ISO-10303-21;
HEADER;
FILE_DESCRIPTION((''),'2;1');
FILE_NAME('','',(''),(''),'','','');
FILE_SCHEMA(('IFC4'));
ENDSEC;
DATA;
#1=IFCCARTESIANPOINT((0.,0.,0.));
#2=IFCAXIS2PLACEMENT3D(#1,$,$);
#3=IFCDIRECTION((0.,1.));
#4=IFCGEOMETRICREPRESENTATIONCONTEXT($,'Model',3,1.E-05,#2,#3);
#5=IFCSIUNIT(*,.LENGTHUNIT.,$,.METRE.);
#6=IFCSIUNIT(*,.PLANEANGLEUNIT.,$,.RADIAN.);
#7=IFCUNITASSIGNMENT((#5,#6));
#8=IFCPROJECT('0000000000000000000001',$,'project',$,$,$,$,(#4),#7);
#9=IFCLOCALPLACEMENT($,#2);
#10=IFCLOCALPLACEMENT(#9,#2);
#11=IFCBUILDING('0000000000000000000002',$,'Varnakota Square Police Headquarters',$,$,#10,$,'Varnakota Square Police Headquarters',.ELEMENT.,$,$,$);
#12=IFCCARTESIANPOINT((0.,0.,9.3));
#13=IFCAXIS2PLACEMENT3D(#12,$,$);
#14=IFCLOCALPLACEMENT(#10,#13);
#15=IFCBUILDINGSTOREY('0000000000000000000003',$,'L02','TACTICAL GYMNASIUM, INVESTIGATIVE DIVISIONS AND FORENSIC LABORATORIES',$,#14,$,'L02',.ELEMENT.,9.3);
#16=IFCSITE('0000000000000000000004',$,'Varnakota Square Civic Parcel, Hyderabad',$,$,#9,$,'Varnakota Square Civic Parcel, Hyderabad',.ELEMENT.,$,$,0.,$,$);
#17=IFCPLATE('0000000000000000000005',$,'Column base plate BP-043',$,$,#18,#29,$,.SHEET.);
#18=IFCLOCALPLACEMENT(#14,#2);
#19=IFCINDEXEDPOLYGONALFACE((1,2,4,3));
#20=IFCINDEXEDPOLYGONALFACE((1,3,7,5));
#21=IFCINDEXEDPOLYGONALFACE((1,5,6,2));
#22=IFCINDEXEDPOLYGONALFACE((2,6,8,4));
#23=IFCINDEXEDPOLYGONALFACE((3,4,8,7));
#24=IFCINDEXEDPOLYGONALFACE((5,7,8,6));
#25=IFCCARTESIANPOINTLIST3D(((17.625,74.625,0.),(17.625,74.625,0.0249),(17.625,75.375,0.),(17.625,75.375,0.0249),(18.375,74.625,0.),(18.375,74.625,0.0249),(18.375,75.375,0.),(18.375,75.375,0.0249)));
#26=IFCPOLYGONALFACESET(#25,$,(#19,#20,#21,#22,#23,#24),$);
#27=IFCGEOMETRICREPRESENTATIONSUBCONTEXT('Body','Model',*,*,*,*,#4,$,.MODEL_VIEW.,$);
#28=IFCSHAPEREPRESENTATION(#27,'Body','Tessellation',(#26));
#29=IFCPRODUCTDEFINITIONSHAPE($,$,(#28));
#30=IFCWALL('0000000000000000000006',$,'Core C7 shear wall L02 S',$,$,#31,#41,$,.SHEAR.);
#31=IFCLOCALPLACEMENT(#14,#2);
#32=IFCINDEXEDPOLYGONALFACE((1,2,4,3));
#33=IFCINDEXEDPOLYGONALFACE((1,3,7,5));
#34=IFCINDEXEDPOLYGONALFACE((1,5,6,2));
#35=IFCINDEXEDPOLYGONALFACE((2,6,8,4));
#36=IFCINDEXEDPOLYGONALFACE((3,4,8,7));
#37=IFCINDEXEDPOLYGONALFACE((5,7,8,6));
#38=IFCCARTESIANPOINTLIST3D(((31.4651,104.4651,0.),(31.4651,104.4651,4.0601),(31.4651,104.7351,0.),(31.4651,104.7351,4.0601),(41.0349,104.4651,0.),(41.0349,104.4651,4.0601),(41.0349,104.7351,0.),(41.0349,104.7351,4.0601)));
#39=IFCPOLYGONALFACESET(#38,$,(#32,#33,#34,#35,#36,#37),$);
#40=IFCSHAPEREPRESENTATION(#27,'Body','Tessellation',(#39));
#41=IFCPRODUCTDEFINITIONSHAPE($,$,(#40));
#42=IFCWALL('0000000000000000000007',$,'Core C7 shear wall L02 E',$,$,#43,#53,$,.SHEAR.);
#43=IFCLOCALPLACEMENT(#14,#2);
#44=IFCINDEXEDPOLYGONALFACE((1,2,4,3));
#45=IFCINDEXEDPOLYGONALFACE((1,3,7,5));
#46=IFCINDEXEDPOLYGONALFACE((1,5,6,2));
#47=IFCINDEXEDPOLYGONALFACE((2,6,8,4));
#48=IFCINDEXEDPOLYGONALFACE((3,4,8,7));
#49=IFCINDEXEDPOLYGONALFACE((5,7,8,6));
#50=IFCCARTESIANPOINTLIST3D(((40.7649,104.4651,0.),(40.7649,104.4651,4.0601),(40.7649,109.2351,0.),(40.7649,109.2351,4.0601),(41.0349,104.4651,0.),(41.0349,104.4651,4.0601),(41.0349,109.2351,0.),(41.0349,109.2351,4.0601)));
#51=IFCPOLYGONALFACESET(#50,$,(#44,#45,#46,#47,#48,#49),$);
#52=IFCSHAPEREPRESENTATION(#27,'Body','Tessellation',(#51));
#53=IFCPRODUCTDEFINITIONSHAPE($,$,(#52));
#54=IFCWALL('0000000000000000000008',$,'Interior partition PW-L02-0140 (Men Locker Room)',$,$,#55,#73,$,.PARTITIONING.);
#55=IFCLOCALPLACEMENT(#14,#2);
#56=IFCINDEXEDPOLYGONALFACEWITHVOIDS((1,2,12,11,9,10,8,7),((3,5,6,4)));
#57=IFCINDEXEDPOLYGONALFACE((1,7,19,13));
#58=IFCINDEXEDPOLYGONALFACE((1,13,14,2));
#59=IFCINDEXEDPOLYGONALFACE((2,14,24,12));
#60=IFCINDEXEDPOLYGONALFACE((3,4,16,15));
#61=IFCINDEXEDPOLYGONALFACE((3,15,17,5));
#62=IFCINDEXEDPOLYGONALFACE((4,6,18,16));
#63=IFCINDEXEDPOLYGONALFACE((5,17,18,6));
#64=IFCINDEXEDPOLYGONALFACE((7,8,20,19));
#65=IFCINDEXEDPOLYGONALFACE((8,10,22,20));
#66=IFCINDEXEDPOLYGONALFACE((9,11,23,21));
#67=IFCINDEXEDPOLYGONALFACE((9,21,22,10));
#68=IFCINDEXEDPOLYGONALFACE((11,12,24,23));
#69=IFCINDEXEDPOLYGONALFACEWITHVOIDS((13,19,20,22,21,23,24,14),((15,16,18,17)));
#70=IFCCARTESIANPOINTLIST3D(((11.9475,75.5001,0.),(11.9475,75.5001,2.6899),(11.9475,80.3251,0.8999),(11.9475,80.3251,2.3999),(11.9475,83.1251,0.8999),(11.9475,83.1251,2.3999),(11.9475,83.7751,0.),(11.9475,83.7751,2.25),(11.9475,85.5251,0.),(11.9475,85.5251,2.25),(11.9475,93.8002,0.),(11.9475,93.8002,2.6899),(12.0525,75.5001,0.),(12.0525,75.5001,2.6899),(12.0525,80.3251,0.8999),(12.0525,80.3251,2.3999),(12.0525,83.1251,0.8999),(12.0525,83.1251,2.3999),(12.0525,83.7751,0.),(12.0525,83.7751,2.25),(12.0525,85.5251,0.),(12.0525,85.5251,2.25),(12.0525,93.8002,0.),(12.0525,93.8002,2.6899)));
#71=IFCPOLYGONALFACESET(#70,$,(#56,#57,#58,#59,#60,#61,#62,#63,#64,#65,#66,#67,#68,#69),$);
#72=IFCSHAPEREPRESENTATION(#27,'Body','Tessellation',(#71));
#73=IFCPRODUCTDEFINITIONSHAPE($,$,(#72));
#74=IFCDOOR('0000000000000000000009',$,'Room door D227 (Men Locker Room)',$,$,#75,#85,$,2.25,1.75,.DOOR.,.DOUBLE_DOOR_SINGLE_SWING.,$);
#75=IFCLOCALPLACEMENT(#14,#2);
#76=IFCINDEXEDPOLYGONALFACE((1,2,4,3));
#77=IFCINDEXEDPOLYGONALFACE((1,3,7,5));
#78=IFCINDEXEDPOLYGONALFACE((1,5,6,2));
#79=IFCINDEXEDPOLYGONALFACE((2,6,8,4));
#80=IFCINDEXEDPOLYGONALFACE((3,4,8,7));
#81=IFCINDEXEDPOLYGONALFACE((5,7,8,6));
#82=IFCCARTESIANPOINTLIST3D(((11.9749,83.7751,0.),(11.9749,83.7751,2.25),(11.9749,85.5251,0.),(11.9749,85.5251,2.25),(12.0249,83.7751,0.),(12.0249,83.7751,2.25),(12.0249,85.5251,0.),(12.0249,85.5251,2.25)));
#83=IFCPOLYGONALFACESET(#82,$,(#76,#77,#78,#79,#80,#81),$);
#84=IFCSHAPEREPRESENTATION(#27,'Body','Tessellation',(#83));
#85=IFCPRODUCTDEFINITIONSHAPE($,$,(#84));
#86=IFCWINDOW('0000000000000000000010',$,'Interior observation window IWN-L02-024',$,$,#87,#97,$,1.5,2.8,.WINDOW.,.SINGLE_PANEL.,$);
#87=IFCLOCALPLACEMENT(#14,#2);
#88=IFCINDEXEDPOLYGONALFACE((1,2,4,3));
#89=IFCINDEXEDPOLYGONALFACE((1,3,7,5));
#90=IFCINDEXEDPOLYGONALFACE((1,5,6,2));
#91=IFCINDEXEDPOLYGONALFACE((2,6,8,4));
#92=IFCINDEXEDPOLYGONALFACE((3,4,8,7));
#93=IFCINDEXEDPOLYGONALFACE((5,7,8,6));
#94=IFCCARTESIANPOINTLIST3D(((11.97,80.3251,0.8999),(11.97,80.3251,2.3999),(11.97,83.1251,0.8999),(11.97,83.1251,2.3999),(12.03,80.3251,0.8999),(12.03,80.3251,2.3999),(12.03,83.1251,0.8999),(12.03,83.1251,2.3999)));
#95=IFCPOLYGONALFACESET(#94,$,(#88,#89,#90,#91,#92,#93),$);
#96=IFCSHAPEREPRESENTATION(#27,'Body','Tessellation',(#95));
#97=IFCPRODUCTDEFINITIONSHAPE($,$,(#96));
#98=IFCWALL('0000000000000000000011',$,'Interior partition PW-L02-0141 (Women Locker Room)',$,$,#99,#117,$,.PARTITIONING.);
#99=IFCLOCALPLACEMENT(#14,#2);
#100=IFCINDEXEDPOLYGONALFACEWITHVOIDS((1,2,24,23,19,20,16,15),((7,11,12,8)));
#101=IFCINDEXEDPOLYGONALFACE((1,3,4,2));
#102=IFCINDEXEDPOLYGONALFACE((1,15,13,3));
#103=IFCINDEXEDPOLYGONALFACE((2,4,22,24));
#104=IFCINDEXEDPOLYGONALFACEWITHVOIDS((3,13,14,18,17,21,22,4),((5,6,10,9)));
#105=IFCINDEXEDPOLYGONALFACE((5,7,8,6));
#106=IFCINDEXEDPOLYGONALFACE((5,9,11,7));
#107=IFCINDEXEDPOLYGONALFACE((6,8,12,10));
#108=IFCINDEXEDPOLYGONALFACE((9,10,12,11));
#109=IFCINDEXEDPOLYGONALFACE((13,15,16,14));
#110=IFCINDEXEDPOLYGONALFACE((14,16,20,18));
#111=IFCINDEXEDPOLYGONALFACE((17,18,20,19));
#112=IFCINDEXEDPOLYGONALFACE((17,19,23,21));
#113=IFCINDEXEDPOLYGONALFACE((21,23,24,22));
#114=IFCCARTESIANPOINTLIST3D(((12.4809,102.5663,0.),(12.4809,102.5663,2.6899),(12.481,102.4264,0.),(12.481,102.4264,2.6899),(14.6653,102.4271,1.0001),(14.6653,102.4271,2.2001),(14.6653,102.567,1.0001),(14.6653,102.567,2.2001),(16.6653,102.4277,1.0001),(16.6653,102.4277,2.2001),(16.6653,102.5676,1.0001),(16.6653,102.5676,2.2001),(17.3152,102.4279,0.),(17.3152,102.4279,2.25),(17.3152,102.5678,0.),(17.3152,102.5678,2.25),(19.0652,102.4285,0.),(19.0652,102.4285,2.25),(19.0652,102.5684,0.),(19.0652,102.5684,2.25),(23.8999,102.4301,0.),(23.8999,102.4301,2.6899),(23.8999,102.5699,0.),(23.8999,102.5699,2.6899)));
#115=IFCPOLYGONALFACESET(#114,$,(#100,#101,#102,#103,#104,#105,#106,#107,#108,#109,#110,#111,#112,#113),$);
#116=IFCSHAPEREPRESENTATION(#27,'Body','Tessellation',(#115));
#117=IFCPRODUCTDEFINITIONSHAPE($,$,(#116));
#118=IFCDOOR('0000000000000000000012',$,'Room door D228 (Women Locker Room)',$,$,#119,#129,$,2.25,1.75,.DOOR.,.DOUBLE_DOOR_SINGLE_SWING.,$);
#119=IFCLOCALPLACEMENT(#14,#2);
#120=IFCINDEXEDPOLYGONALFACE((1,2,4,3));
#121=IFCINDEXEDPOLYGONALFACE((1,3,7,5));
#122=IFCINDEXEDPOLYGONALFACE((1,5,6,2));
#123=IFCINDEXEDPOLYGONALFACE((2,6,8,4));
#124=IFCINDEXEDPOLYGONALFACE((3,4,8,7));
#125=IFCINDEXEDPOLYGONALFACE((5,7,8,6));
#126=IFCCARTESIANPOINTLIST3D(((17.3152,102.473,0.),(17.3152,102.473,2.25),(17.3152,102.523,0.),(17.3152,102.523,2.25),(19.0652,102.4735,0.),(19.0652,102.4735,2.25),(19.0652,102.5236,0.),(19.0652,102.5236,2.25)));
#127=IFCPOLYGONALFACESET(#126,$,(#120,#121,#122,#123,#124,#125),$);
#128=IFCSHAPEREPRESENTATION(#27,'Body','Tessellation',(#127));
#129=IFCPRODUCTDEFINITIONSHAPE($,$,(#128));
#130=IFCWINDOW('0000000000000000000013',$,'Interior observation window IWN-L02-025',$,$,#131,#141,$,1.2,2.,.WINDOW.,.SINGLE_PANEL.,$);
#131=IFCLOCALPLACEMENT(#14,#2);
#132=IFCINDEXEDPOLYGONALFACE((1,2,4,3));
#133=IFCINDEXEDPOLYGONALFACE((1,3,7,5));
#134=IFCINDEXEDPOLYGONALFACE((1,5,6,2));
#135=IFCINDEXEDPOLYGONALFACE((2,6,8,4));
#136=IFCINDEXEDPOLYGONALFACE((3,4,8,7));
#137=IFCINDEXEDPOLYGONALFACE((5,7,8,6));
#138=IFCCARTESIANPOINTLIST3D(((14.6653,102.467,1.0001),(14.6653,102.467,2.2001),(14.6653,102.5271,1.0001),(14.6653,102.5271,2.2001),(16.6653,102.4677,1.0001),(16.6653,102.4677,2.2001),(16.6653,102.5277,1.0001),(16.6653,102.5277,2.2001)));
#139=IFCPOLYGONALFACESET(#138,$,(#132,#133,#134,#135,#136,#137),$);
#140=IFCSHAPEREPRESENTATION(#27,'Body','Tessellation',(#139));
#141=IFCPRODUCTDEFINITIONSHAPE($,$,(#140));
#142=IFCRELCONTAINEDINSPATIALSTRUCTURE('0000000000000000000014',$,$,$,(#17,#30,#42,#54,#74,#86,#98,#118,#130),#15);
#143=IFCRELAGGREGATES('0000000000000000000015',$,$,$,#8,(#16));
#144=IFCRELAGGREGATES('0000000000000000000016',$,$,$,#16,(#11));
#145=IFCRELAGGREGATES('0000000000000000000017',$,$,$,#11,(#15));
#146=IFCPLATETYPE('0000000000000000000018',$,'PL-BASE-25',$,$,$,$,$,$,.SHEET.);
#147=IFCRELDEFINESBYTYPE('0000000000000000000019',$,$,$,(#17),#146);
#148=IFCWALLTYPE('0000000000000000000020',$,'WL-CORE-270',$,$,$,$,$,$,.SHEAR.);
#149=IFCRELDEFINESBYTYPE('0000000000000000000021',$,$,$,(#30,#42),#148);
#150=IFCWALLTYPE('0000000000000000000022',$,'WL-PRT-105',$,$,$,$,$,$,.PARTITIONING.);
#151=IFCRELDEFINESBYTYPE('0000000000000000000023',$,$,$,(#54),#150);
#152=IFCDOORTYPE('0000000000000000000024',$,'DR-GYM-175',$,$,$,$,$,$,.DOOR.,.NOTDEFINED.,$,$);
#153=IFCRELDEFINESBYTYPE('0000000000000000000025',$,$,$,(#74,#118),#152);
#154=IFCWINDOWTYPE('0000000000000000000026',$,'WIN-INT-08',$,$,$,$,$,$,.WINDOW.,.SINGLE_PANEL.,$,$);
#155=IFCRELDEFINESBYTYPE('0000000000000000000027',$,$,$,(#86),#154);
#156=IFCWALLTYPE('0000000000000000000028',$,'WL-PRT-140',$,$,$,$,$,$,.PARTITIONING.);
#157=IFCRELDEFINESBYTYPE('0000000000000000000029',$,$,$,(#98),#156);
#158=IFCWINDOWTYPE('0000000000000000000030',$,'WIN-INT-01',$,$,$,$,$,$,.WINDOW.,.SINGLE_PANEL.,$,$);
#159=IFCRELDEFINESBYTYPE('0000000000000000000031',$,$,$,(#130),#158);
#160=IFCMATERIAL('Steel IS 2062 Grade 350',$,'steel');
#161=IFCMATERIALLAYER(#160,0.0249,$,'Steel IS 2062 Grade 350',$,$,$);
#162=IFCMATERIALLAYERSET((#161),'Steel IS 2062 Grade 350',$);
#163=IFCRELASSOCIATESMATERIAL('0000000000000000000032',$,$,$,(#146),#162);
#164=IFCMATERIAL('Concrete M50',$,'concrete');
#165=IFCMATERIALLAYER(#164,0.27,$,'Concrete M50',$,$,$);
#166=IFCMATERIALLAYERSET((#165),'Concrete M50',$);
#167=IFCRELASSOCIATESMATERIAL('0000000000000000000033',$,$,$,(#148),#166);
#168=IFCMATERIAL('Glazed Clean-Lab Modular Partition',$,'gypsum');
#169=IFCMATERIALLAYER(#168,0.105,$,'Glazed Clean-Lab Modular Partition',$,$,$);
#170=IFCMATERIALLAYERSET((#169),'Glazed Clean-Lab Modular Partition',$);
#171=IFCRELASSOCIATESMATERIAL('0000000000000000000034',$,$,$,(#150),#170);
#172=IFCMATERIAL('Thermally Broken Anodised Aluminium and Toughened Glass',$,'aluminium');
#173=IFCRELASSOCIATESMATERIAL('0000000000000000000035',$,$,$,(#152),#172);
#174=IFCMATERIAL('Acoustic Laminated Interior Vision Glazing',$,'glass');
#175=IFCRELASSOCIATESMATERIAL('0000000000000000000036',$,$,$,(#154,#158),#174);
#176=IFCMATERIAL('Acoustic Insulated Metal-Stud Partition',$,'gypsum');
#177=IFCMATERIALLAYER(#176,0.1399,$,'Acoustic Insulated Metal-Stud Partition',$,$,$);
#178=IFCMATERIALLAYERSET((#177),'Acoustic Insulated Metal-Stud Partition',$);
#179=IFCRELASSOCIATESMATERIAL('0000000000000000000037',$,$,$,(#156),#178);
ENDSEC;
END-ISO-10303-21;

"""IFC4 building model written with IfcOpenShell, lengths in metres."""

from ifc_helpers import new_model, si_unit, direction, frame, frame_2d, origin, origin_2d, place, context, subcontext, project, spatial, rectangle, extrude, material, layer, layer_set, type_object, element, fill, save


model = new_model("IFC4")

# Units and contexts
model_context = context("Model", 3, precision=1e-05, world=origin(), true_north=direction((0.0, 1.0)))
body_context = subcontext(model_context, "Body", "Model", "MODEL_VIEW")
ifc_project = project(units=[si_unit("LENGTHUNIT", "METRE"), si_unit("PLANEANGLEUNIT", "RADIAN")], contexts=[model_context])

# Site, building, storey
site_placement = place(None, origin())
site = spatial("IfcSite", under=ifc_project, at=site_placement, Name="Varnakota Square Civic Parcel, Hyderabad", LongName="Varnakota Square Civic Parcel, Hyderabad", CompositionType="ELEMENT", RefElevation=0.0)
building_placement = place(site_placement, origin())
building = spatial("IfcBuilding", under=site, at=building_placement, Name="Varnakota Square Police Headquarters", LongName="Varnakota Square Police Headquarters", CompositionType="ELEMENT")
storey_placement = place(building_placement, frame((0.0, 0.0, 9.3)))
storey = spatial("IfcBuildingStorey", under=building, at=storey_placement, Name="L02", Description="TACTICAL GYMNASIUM, INVESTIGATIVE DIVISIONS AND FORENSIC LABORATORIES", LongName="L02", CompositionType="ELEMENT", Elevation=9.3)

# Shared definitions
ifc_material_1 = material(Name="Steel IS 2062 Grade 350", Category="steel")

# Plate
ifc_layer_1 = layer(ifc_material_1, 0.0249, Name="Steel IS 2062 Grade 350")
ifc_layer_set_1 = layer_set([ifc_layer_1], Name="Steel IS 2062 Grade 350")
plate_type = type_object("IfcPlateType", Name="PL-BASE-25", PredefinedType="SHEET", material=ifc_layer_set_1)
plate_placement = place(storey_placement, frame((18.0, 75.0, 0.0), z_axis=(0.0, 0.0, 1.0), x_axis=(1.0, 0.0, 0.0)))
element("IfcPlate", 1, at=plate_placement, inside=storey, type_object=plate_type, Name="Column base plate BP-043", PredefinedType="SHEET", context=body_context, shape_type="SweptSolid", body=[
    extrude(rectangle(XDim=0.75, YDim=0.75, at=origin_2d()), origin(), (0.0, 0.0, 1.0), 0.0249),
])

# Walls
ifc_material_2 = material(Name="Concrete M50", Category="concrete")
ifc_layer_2 = layer(ifc_material_2, 0.27, Name="Concrete M50")
ifc_layer_set_2 = layer_set([ifc_layer_2], Name="Concrete M50")
wall_type_1 = type_object("IfcWallType", Name="WL-CORE-270", PredefinedType="SHEAR", material=ifc_layer_set_2)
wall_1_placement = place(storey_placement, frame((31.4651, 104.6001, 0.0), z_axis=(0.0, 0.0, 1.0), x_axis=(1.0, 0.0, 0.0)))
element("IfcWall", 2, at=wall_1_placement, inside=storey, type_object=wall_type_1, Name="Core C7 shear wall L02 S", PredefinedType="SHEAR", context=body_context, shape_type="SweptSolid", body=[
    extrude(rectangle(XDim=9.5698, YDim=0.27, at=frame_2d((4.7849, 0.0))), origin(), (0.0, 0.0, 1.0), 4.0601),
])
wall_2_placement = place(storey_placement, frame((40.8999, 104.4651, 0.0), z_axis=(0.0, 0.0, 1.0), x_axis=(0.0, 1.0, 0.0)))
element("IfcWall", 3, at=wall_2_placement, inside=storey, type_object=wall_type_1, Name="Core C7 shear wall L02 E", PredefinedType="SHEAR", context=body_context, shape_type="SweptSolid", body=[
    extrude(rectangle(XDim=4.77, YDim=0.27, at=frame_2d((2.385, 0.0))), origin(), (0.0, 0.0, 1.0), 4.0601),
])

# Walls, openings, doors, windows
ifc_material_3 = material(Name="Glazed Clean-Lab Modular Partition", Category="gypsum")
ifc_layer_3 = layer(ifc_material_3, 0.105, Name="Glazed Clean-Lab Modular Partition")
ifc_layer_set_3 = layer_set([ifc_layer_3], Name="Glazed Clean-Lab Modular Partition")
wall_type_2 = type_object("IfcWallType", Name="WL-PRT-105", PredefinedType="PARTITIONING", material=ifc_layer_set_3)
wall_3_placement = place(storey_placement, frame((12.0, 93.8, 0.0), z_axis=(0.0, 0.0, 1.0), x_axis=(0.0, -1.0, 0.0)))
wall_3 = element("IfcWall", 4, at=wall_3_placement, inside=storey, type_object=wall_type_2, Name="Interior partition PW-L02-0140 (Men Locker Room)", PredefinedType="PARTITIONING", context=body_context, shape_type="SweptSolid", body=[
    extrude(rectangle(XDim=18.3, YDim=0.105, at=frame_2d((9.1499, 0.0))), origin(), (0.0, 0.0, 1.0), 2.6899),
])
opening_1_placement = place(wall_3_placement, frame((8.2749, 0.0, 0.0)))
opening_1 = element("IfcOpeningElement", 5, at=opening_1_placement, cuts=wall_3, PredefinedType="OPENING", context=body_context, shape_type="SweptSolid", body=[
    extrude(rectangle(XDim=1.75, YDim=2.25, at=frame_2d((0.875, 1.125))), frame((0.0, 0.0625, 0.0), z_axis=(0.0, -1.0, 0.0), x_axis=(1.0, 0.0, 0.0)), (0.0, 0.0, 1.0), 0.125),
])
opening_2_placement = place(wall_3_placement, frame((10.675, 0.0, 0.8999)))
opening_2 = element("IfcOpeningElement", 6, at=opening_2_placement, cuts=wall_3, PredefinedType="OPENING", context=body_context, shape_type="SweptSolid", body=[
    extrude(rectangle(XDim=2.8, YDim=1.5, at=frame_2d((1.3999, 0.75))), frame((0.0, 0.0625, 0.0), z_axis=(0.0, -1.0, 0.0), x_axis=(1.0, 0.0, 0.0)), (0.0, 0.0, 1.0), 0.125),
])
ifc_material_4 = material(Name="Thermally Broken Anodised Aluminium and Toughened Glass", Category="aluminium")
door_type_1 = type_object("IfcDoorType", Name="DR-GYM-175", OperationType="NOTDEFINED", PredefinedType="DOOR", material=ifc_material_4)
door_1_placement = place(opening_1_placement, origin())
door_1 = element("IfcDoor", 7, at=door_1_placement, inside=storey, type_object=door_type_1, Name="Room door D227 (Men Locker Room)", OperationType="DOUBLE_DOOR_SINGLE_SWING", OverallHeight=2.25, OverallWidth=1.75, PredefinedType="DOOR", context=body_context, shape_type="SweptSolid", body=[
    extrude(rectangle(XDim=1.75, YDim=2.25, at=frame_2d((0.875, 1.125))), frame((0.0, 0.0249, 0.0), z_axis=(0.0, -1.0, 0.0), x_axis=(1.0, 0.0, 0.0)), (0.0, 0.0, 1.0), 0.05),
])
fill(opening_1, door_1)
ifc_material_5 = material(Name="Acoustic Laminated Interior Vision Glazing", Category="glass")
window_type_1 = type_object("IfcWindowType", Name="WIN-INT-08", PartitioningType="SINGLE_PANEL", PredefinedType="WINDOW", material=ifc_material_5)
window_1_placement = place(opening_2_placement, origin())
window_1 = element("IfcWindow", 8, at=window_1_placement, inside=storey, type_object=window_type_1, Name="Interior observation window IWN-L02-024", OverallHeight=1.5, OverallWidth=2.8, PartitioningType="SINGLE_PANEL", PredefinedType="WINDOW", context=body_context, shape_type="SweptSolid", body=[
    extrude(rectangle(XDim=2.8, YDim=1.5, at=frame_2d((1.3999, 0.75))), frame((0.0, 0.03, 0.0), z_axis=(0.0, -1.0, 0.0), x_axis=(1.0, 0.0, 0.0)), (0.0, 0.0, 1.0), 0.0601),
])
fill(opening_2, window_1)
ifc_material_6 = material(Name="Acoustic Insulated Metal-Stud Partition", Category="gypsum")
ifc_layer_4 = layer(ifc_material_6, 0.1399, Name="Acoustic Insulated Metal-Stud Partition")
ifc_layer_set_4 = layer_set([ifc_layer_4], Name="Acoustic Insulated Metal-Stud Partition")
wall_type_3 = type_object("IfcWallType", Name="WL-PRT-140", PredefinedType="PARTITIONING", material=ifc_layer_set_4)
wall_4_placement = place(storey_placement, frame((23.8999, 102.5, 0.0), z_axis=(0.0, 0.0, 1.0), x_axis=(-1.0, -0.000321, 0.0)))
wall_4 = element("IfcWall", 9, at=wall_4_placement, inside=storey, type_object=wall_type_3, Name="Interior partition PW-L02-0141 (Women Locker Room)", PredefinedType="PARTITIONING", context=body_context, shape_type="SweptSolid", body=[
    extrude(rectangle(XDim=11.4189, YDim=0.1399, at=frame_2d((5.7095, 0.0))), origin(), (0.0, 0.0, 1.0), 2.6899),
])
opening_3_placement = place(wall_4_placement, frame((4.8347, 0.0, 0.0)))
opening_3 = element("IfcOpeningElement", 10, at=opening_3_placement, cuts=wall_4, PredefinedType="OPENING", context=body_context, shape_type="SweptSolid", body=[
    extrude(rectangle(XDim=1.75, YDim=2.25, at=frame_2d((0.875, 1.125))), frame((0.0, 0.0798, 0.0), z_axis=(0.0, -1.0, 0.0), x_axis=(1.0, 0.0, 0.0)), (0.0, 0.0, 1.0), 0.1599),
])
opening_4_placement = place(wall_4_placement, frame((7.2346, 0.0, 1.0)))
opening_4 = element("IfcOpeningElement", 11, at=opening_4_placement, cuts=wall_4, PredefinedType="OPENING", context=body_context, shape_type="SweptSolid", body=[
    extrude(rectangle(XDim=2.0, YDim=1.2, at=frame_2d((1.0, 0.6001))), frame((0.0, 0.0798, 0.0), z_axis=(0.0, -1.0, 0.0), x_axis=(1.0, 0.0, 0.0)), (0.0, 0.0, 1.0), 0.1599),
])
door_2_placement = place(opening_3_placement, origin())
door_2 = element("IfcDoor", 12, at=door_2_placement, inside=storey, type_object=door_type_1, Name="Room door D228 (Women Locker Room)", OperationType="DOUBLE_DOOR_SINGLE_SWING", OverallHeight=2.25, OverallWidth=1.75, PredefinedType="DOOR", context=body_context, shape_type="SweptSolid", body=[
    extrude(rectangle(XDim=1.75, YDim=2.25, at=frame_2d((0.875, 1.125))), frame((0.0, 0.0249, 0.0), z_axis=(0.0, -1.0, 0.0), x_axis=(1.0, 0.0, 0.0)), (0.0, 0.0, 1.0), 0.05),
])
fill(opening_3, door_2)
window_type_2 = type_object("IfcWindowType", Name="WIN-INT-01", PartitioningType="SINGLE_PANEL", PredefinedType="WINDOW", material=ifc_material_5)
window_2_placement = place(opening_4_placement, origin())
window_2 = element("IfcWindow", 13, at=window_2_placement, inside=storey, type_object=window_type_2, Name="Interior observation window IWN-L02-025", OverallHeight=1.2, OverallWidth=2.0, PartitioningType="SINGLE_PANEL", PredefinedType="WINDOW", context=body_context, shape_type="SweptSolid", body=[
    extrude(rectangle(XDim=2.0, YDim=1.2, at=frame_2d((1.0, 0.6001))), frame((0.0, 0.03, 0.0), z_axis=(0.0, -1.0, 0.0), x_axis=(1.0, 0.0, 0.0)), (0.0, 0.0, 1.0), 0.0601),
])
fill(opening_4, window_2)

save(model, "model.ifc")
